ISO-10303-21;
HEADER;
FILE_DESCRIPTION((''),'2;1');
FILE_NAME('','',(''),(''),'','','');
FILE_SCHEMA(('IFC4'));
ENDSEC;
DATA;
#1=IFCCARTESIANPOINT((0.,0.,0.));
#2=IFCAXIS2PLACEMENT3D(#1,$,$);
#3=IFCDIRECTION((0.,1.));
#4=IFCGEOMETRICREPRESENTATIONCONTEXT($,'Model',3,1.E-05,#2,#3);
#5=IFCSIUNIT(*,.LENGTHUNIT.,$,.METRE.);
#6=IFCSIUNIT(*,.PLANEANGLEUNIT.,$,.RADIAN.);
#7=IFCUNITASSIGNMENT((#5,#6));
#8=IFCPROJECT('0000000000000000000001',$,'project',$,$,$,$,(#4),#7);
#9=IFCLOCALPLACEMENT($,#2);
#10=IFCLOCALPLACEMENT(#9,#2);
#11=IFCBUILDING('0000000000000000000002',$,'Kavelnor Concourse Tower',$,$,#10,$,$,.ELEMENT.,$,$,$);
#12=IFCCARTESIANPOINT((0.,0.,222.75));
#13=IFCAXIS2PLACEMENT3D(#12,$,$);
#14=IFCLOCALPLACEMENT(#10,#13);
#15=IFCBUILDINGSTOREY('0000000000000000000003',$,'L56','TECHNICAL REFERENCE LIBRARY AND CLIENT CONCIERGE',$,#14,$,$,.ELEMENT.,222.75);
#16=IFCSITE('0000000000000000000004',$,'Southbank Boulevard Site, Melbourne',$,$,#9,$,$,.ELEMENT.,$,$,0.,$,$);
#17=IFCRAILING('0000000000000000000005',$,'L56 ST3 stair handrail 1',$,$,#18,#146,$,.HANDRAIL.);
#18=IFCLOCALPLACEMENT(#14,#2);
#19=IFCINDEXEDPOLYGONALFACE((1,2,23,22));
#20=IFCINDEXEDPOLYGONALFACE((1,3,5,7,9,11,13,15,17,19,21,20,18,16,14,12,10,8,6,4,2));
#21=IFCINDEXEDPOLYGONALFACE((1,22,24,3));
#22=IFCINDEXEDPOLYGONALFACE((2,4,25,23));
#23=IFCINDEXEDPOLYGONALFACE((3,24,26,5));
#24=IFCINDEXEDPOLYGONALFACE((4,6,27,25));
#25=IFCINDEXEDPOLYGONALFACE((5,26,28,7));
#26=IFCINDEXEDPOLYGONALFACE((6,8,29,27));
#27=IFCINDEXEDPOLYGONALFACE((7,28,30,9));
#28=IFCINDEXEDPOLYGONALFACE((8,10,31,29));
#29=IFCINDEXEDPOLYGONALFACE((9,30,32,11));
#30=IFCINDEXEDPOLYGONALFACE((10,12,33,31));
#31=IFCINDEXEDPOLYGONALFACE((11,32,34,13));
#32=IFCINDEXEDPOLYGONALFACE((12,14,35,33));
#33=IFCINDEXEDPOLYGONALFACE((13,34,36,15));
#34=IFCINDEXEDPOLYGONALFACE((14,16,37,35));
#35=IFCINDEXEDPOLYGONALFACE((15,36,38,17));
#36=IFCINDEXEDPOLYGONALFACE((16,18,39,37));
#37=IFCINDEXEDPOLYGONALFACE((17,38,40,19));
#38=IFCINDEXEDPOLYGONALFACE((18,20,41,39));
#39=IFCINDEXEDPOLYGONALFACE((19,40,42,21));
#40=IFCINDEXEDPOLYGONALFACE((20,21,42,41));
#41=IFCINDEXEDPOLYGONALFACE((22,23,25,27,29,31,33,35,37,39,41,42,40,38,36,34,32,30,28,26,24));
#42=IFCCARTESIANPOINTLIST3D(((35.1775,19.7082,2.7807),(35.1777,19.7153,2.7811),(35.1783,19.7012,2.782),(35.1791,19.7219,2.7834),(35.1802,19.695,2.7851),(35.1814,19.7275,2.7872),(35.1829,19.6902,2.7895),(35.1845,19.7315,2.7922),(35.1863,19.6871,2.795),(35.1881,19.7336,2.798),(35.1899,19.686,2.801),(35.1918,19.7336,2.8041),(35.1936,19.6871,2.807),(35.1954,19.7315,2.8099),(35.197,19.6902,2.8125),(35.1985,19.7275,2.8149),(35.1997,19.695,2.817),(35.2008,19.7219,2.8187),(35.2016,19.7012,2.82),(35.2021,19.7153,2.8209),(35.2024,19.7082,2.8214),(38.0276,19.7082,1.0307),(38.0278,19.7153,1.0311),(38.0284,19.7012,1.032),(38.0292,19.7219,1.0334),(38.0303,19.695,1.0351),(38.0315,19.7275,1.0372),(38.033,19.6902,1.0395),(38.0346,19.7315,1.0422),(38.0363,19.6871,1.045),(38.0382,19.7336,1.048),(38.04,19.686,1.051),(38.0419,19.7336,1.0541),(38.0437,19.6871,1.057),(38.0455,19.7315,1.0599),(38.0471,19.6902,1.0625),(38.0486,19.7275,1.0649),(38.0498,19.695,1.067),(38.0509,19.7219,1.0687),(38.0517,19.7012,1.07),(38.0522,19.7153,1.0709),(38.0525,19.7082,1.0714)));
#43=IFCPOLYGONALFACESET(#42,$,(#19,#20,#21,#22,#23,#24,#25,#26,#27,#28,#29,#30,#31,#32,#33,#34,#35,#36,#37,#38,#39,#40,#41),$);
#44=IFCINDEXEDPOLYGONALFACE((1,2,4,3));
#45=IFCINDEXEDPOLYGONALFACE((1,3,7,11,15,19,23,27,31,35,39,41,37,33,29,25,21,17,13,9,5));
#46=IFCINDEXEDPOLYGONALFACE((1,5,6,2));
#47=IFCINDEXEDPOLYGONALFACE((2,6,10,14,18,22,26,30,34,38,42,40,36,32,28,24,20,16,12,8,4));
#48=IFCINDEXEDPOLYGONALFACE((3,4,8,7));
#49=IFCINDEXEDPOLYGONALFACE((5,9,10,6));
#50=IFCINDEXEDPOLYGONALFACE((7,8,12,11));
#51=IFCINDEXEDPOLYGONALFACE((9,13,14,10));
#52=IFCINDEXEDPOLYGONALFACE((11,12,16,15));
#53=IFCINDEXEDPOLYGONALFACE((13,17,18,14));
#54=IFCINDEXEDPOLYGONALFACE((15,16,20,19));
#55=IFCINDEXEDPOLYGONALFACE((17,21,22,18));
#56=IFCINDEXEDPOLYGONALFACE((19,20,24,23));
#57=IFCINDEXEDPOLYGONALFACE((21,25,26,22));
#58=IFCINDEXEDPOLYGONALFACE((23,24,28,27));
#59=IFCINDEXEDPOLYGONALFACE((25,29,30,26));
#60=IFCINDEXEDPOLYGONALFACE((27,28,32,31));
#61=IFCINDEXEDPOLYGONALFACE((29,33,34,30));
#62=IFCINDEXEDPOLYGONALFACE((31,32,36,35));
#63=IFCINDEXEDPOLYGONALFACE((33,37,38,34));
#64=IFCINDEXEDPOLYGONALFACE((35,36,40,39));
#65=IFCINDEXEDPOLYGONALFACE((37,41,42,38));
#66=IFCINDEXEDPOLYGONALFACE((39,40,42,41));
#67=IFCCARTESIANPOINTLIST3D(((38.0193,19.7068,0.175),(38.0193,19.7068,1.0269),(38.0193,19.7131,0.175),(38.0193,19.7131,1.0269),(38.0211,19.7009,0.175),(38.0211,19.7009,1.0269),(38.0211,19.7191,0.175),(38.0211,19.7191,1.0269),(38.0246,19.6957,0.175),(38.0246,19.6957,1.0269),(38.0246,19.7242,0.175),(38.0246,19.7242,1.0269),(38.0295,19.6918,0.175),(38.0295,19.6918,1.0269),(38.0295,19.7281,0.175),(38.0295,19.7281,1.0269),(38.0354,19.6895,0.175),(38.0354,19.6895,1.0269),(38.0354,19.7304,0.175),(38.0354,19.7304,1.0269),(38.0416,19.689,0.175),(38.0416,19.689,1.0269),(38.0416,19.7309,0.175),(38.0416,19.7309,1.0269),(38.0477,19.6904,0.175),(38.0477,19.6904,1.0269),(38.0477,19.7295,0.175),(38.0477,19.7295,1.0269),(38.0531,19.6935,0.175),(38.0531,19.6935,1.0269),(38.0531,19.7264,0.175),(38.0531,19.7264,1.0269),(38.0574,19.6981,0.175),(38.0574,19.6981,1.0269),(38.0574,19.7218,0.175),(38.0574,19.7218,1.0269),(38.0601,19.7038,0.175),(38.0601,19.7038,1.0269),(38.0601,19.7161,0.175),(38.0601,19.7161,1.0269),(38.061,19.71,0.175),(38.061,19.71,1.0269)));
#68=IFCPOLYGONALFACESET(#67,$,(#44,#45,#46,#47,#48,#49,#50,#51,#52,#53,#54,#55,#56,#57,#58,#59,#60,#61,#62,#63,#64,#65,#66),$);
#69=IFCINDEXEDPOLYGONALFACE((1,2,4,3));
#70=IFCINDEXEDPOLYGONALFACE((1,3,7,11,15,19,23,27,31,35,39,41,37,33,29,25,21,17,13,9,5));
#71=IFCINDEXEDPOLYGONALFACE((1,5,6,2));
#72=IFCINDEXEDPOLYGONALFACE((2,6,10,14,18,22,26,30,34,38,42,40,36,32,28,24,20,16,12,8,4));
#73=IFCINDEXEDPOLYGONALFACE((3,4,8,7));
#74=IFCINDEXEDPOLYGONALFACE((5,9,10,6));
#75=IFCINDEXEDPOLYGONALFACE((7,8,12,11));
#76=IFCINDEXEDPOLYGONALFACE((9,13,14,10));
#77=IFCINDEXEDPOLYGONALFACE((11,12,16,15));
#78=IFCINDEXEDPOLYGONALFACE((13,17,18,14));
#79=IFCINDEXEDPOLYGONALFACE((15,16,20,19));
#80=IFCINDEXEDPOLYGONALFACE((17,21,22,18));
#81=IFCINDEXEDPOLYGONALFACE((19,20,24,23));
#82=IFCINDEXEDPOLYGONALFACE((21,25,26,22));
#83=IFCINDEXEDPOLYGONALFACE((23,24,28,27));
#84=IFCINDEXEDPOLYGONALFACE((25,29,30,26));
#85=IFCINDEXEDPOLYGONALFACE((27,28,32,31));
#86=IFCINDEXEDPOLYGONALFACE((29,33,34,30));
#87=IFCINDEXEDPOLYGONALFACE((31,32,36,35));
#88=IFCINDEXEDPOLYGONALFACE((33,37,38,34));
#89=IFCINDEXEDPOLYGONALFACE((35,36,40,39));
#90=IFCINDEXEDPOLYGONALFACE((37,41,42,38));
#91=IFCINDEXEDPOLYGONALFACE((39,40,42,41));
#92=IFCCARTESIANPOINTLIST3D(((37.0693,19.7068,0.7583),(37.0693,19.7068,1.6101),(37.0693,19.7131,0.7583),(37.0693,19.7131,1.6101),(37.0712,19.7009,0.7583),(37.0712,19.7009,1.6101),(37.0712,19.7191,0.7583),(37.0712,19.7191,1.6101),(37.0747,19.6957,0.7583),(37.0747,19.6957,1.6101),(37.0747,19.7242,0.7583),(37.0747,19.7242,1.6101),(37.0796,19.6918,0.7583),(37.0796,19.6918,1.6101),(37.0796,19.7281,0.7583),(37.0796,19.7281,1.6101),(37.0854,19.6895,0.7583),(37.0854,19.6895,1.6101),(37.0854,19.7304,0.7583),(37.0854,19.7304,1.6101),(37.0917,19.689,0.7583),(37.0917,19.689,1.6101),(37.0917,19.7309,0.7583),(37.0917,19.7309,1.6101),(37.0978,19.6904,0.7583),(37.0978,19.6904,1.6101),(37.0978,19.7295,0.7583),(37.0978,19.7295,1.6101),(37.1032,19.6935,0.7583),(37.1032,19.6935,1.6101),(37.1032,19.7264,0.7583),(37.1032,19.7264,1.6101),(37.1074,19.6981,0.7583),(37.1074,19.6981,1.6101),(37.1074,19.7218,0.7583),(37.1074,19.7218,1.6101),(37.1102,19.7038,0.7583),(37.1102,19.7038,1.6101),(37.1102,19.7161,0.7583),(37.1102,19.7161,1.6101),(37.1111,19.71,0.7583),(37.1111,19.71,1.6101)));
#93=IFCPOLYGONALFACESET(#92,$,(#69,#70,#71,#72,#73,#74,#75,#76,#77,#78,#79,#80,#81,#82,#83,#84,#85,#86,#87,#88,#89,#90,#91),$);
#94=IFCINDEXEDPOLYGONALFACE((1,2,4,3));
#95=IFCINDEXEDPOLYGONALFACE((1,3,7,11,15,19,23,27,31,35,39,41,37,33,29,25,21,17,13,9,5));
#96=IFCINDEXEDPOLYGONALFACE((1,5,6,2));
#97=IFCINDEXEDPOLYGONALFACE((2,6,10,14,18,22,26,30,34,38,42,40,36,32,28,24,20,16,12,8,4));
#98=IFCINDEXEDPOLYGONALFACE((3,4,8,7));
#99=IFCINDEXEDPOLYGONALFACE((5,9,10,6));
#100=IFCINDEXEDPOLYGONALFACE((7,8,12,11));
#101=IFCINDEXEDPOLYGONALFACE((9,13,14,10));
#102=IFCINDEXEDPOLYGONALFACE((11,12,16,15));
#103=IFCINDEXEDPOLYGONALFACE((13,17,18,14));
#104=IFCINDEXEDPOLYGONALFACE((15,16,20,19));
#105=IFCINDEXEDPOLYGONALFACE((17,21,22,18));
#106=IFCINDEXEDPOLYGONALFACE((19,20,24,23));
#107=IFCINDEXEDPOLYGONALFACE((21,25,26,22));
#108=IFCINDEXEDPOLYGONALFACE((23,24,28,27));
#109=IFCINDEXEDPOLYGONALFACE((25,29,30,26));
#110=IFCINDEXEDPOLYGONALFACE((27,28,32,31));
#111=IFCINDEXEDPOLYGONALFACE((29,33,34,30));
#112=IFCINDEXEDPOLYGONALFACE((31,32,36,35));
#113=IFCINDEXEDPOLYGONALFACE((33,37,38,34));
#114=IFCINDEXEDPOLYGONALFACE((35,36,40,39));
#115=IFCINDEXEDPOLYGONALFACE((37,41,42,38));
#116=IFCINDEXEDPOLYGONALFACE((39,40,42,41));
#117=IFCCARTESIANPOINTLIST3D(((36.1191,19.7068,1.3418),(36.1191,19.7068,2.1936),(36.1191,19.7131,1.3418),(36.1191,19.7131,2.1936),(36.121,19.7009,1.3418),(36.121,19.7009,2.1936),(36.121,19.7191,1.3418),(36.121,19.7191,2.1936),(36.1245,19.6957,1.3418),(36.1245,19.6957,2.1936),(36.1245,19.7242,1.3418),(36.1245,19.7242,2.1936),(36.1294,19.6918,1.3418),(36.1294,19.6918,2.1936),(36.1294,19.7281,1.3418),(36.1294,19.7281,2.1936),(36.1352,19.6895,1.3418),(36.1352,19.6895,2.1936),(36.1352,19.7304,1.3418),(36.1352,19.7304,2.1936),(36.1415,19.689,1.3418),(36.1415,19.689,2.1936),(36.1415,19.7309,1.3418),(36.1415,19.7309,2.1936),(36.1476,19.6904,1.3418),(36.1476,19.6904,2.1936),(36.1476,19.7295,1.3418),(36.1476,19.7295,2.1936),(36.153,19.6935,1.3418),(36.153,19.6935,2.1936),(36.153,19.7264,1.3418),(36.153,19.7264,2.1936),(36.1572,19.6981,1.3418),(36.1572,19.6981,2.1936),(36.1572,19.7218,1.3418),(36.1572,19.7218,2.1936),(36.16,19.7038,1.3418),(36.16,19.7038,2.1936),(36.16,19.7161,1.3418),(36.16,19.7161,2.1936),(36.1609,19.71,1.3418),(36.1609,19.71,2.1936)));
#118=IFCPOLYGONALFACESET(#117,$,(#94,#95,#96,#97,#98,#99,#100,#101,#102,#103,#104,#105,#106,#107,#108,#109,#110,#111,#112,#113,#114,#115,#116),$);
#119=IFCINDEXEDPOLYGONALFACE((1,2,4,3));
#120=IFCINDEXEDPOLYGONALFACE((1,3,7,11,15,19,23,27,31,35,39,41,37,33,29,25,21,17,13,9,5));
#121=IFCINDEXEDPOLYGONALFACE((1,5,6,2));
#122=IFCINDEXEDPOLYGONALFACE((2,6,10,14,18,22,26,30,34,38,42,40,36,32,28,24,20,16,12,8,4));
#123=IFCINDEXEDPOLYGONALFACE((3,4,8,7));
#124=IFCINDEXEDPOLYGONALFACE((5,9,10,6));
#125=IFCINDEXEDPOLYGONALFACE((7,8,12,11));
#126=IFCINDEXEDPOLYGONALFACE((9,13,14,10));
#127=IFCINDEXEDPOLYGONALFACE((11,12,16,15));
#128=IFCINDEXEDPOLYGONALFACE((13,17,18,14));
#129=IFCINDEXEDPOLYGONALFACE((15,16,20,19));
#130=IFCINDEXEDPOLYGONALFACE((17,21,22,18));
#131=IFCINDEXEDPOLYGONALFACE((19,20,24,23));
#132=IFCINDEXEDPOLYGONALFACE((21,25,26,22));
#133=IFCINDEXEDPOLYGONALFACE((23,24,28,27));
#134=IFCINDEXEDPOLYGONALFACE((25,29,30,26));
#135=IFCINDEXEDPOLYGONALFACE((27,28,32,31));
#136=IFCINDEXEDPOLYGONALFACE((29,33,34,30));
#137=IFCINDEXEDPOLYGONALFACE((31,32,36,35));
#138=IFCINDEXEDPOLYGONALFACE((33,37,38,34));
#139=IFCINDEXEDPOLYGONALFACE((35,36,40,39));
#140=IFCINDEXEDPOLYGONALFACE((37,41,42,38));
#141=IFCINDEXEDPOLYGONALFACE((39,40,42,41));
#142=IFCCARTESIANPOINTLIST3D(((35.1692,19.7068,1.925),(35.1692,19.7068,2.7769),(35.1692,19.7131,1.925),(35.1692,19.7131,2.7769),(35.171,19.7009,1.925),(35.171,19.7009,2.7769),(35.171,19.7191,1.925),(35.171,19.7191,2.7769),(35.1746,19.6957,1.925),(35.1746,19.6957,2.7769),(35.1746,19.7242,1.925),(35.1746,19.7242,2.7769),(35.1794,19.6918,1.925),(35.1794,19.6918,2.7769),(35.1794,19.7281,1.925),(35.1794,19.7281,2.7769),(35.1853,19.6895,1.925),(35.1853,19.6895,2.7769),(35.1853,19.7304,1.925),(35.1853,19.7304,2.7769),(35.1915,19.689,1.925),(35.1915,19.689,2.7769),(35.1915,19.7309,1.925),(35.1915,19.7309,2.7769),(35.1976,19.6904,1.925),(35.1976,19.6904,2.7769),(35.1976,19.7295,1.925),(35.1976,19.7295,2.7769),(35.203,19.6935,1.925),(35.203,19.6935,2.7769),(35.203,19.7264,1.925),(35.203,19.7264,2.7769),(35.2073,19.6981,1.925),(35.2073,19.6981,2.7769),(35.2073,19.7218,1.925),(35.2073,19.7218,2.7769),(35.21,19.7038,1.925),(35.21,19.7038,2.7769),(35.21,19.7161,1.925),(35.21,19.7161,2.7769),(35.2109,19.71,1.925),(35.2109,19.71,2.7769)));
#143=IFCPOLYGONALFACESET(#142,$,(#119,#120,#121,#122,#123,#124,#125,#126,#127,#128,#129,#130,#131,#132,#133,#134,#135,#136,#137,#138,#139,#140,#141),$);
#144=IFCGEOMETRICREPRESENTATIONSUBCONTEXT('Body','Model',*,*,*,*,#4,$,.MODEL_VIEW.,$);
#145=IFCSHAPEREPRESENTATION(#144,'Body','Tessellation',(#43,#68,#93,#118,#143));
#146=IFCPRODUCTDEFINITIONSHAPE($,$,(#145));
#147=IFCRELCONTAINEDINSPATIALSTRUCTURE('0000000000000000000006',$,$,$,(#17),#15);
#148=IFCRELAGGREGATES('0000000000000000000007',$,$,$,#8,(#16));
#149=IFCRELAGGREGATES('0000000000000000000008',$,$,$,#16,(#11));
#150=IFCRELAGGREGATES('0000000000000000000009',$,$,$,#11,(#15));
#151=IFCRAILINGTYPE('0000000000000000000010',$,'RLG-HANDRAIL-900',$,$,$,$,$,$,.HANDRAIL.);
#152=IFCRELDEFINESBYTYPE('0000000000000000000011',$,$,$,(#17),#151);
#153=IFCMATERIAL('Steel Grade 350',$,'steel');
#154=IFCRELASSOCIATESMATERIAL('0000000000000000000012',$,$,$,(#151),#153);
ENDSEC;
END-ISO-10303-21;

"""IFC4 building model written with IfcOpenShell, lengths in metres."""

from ifc_helpers import new_model, si_unit, direction, frame, origin, origin_2d, place, context, subcontext, project, spatial, circle, extrude, material, type_object, element, save


model = new_model("IFC4")

# Units and contexts
model_context = context("Model", 3, precision=1e-05, world=origin(), true_north=direction((0.0, 1.0)))
body_context = subcontext(model_context, "Body", "Model", "MODEL_VIEW")
ifc_project = project(units=[si_unit("LENGTHUNIT", "METRE"), si_unit("PLANEANGLEUNIT", "RADIAN")], contexts=[model_context])

# Site, building, storey
site_placement = place(None, origin())
site = spatial("IfcSite", under=ifc_project, at=site_placement, Name="Southbank Boulevard Site, Melbourne", CompositionType="ELEMENT", RefElevation=0.0)
building_placement = place(site_placement, origin())
building = spatial("IfcBuilding", under=site, at=building_placement, Name="Kavelnor Concourse Tower", CompositionType="ELEMENT")
storey_placement = place(building_placement, frame((0.0, 0.0, 222.75)))
storey = spatial("IfcBuildingStorey", under=building, at=storey_placement, Name="L56", Description="TECHNICAL REFERENCE LIBRARY AND CLIENT CONCIERGE", CompositionType="ELEMENT", Elevation=222.75)

# Shared definitions
ifc_material_1 = material(Name="Steel Grade 350", Category="steel")

# Railing
railing_type_1 = type_object("IfcRailingType", Name="RLG-HANDRAIL-900", PredefinedType="HANDRAIL", material=ifc_material_1)
railing_1_placement = place(storey_placement, frame((38.04, 19.71, 0.175)))
element("IfcRailing", 1, at=railing_1_placement, inside=storey, type_object=railing_type_1, Name="L56 ST3 stair handrail 1", PredefinedType="HANDRAIL", context=body_context, shape_type="SweptSolid", body=[
    extrude(circle(Radius=0.0239, at=origin_2d()), frame((0.0, 0.0, 0.876), z_axis=(-0.852179, 0.0, 0.52325), x_axis=(0.0, -1.0, 0.0)), (0.0, 0.0, 1.0), 3.3445),
    extrude(circle(Radius=0.021, at=origin_2d()), origin(), (0.0, 0.0, 1.0), 0.8518),
    extrude(circle(Radius=0.021, at=origin_2d()), frame((-0.95, 0.0, 0.5833)), (0.0, 0.0, 1.0), 0.8518),
    extrude(circle(Radius=0.021, at=origin_2d()), frame((-1.9001, 0.0, 1.1667)), (0.0, 0.0, 1.0), 0.8518),
    extrude(circle(Radius=0.021, at=origin_2d()), frame((-2.8501, 0.0, 1.75)), (0.0, 0.0, 1.0), 0.8518),
])

save(model, "model.ifc")
